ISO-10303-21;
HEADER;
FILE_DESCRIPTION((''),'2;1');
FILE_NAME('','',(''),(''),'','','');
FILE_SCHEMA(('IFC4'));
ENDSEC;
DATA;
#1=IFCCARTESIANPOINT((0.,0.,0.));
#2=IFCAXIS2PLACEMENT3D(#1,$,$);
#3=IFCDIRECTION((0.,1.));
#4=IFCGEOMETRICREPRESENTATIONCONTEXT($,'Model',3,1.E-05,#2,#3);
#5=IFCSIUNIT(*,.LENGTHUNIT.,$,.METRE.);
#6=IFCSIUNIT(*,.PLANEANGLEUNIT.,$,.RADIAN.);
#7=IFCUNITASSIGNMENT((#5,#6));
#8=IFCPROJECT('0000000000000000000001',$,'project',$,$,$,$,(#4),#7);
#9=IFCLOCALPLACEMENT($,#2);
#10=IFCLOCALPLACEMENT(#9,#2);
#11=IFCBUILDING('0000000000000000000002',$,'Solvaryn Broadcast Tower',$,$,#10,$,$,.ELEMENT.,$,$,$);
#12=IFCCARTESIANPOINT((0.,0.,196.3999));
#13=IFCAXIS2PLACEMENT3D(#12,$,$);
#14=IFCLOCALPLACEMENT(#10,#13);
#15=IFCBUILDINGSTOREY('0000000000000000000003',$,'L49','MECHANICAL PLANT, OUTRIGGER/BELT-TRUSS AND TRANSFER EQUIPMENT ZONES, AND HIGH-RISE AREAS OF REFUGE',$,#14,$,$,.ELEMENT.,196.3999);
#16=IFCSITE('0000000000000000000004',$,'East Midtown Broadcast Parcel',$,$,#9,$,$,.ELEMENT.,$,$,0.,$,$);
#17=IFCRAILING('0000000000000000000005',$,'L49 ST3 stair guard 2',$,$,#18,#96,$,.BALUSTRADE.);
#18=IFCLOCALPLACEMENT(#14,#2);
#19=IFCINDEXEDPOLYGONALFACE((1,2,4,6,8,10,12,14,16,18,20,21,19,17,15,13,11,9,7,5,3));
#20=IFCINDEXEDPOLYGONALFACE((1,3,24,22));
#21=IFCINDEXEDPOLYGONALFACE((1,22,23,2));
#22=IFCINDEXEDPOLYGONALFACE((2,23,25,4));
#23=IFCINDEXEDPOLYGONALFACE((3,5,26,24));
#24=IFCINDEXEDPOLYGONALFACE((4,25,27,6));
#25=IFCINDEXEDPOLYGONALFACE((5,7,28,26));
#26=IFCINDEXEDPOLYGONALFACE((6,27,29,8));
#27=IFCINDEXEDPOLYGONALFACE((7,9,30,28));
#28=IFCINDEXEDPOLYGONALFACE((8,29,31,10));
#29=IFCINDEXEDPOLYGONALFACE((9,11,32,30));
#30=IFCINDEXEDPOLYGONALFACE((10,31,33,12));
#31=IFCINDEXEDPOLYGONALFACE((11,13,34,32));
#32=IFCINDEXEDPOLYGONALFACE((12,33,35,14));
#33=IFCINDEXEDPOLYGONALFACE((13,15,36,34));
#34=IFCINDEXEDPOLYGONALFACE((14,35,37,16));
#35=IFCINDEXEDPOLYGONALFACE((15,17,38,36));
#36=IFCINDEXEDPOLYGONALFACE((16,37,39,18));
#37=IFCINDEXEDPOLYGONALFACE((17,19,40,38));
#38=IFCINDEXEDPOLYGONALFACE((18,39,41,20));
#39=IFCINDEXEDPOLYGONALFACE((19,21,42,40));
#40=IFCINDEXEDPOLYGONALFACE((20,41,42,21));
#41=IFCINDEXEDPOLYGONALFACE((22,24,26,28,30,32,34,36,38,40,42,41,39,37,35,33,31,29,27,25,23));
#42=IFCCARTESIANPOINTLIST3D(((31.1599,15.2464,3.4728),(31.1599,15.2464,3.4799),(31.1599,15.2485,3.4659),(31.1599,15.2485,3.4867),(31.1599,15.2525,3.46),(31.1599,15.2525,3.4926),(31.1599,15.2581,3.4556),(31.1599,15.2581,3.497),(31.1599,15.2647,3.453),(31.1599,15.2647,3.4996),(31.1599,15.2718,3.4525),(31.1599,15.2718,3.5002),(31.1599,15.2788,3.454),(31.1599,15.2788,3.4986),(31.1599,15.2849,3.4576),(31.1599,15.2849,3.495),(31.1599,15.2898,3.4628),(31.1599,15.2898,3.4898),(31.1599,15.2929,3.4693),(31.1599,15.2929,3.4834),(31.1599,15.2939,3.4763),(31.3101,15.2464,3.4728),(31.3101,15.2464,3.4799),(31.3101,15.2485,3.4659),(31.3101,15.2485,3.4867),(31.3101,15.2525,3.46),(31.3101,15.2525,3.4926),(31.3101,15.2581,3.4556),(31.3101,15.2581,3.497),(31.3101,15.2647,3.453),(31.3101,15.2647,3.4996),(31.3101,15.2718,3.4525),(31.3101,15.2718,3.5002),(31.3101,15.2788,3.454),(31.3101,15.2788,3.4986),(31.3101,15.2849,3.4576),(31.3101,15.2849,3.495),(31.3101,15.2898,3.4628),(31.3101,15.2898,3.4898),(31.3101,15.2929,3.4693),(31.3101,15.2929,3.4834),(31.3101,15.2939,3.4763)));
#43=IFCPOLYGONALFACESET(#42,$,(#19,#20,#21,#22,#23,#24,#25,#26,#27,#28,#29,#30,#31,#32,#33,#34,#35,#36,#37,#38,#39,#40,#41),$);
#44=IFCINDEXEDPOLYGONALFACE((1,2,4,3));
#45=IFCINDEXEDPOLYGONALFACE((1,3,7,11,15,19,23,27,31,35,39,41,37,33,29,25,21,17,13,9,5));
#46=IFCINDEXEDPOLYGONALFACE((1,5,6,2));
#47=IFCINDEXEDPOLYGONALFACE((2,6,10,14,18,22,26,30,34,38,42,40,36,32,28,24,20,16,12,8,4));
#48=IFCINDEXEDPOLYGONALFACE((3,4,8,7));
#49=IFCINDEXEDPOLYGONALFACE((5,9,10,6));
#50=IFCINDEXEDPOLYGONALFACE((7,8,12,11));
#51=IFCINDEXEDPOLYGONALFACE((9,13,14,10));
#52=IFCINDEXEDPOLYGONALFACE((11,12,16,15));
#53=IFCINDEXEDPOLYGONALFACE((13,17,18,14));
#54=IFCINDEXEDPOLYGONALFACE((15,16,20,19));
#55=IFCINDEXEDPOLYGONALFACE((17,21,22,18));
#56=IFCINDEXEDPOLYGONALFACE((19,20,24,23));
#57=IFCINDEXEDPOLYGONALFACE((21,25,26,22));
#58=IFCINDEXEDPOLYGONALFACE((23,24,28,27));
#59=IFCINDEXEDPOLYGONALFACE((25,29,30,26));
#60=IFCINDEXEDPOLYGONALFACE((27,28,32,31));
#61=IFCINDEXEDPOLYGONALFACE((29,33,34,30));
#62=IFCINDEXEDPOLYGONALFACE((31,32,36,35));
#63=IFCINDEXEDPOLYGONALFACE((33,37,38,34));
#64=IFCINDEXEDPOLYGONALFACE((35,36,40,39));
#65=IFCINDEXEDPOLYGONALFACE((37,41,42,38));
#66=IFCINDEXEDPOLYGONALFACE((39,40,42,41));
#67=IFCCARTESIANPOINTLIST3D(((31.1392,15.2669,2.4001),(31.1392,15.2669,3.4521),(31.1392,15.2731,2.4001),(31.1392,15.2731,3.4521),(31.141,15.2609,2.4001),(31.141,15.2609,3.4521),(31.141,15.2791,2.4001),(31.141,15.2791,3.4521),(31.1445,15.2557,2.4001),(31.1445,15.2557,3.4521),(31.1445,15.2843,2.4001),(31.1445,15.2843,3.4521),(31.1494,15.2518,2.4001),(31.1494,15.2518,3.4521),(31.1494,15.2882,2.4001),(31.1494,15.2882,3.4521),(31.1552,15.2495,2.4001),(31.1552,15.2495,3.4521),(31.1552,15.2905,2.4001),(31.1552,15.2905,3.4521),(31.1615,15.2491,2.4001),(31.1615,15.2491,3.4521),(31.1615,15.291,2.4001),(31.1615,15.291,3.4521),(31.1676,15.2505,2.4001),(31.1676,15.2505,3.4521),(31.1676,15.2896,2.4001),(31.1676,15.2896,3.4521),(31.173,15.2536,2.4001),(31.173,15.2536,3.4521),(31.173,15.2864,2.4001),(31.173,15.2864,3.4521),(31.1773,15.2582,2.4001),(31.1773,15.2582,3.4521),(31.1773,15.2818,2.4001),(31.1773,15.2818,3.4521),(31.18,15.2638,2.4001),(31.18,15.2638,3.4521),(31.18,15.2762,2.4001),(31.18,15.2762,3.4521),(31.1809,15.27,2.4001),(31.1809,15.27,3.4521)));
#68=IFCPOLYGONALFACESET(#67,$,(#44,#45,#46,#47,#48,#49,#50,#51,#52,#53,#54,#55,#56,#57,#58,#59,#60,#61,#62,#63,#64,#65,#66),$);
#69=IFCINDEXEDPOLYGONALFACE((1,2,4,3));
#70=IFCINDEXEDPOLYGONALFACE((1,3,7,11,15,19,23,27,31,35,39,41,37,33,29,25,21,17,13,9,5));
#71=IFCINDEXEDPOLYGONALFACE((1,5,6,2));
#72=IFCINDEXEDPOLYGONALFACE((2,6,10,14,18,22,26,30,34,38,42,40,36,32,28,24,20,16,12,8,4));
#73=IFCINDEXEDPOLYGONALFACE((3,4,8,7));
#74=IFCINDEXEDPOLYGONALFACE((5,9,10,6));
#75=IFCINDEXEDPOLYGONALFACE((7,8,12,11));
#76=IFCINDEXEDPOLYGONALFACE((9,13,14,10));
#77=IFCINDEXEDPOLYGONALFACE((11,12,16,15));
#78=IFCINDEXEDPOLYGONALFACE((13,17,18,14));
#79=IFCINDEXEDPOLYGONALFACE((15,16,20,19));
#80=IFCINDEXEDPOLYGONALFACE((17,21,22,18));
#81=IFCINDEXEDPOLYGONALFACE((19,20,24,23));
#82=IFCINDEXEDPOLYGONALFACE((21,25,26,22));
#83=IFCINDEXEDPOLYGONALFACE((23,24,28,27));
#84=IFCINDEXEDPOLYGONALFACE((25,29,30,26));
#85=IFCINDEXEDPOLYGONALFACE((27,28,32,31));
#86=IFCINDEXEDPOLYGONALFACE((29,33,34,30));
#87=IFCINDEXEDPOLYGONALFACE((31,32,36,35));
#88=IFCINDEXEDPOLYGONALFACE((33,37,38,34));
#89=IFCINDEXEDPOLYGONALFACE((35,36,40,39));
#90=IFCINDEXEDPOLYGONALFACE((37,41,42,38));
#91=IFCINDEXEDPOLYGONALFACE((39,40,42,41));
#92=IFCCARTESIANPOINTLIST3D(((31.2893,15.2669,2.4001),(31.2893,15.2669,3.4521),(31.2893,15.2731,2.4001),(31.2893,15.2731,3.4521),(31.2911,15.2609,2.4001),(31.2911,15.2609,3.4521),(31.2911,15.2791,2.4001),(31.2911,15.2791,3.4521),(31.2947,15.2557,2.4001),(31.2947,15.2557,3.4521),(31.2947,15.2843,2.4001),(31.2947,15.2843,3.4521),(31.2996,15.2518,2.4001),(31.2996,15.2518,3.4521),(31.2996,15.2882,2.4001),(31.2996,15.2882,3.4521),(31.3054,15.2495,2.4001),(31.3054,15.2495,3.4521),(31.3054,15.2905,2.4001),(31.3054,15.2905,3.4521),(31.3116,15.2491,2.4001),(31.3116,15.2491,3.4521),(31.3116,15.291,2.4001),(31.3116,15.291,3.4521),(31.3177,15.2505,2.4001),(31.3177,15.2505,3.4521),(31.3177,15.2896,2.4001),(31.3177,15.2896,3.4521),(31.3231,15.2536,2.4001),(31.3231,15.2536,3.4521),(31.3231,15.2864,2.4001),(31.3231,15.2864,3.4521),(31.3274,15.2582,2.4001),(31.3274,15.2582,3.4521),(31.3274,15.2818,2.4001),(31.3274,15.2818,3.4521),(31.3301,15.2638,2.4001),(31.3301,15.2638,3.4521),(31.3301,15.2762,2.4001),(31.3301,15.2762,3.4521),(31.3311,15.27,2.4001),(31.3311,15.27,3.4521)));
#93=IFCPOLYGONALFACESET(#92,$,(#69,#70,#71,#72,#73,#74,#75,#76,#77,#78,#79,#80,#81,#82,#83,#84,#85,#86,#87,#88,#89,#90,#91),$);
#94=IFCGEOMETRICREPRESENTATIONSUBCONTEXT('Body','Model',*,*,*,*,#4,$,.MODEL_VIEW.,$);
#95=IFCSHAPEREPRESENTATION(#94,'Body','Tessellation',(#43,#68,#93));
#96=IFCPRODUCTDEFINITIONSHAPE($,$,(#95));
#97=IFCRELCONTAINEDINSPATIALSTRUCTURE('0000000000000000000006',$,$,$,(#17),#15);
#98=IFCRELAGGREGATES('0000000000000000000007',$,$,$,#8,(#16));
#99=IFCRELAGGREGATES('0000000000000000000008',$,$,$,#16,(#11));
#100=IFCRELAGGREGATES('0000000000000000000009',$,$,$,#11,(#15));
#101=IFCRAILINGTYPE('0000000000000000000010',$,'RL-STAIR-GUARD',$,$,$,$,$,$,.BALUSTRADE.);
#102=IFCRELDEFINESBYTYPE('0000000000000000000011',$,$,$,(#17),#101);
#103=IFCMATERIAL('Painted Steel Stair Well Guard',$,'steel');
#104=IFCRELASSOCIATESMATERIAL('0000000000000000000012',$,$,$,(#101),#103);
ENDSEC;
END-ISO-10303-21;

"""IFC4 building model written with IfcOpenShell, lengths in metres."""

from ifc_helpers import new_model, si_unit, direction, frame, origin, origin_2d, place, context, subcontext, project, spatial, circle, extrude, material, type_object, element, save


model = new_model("IFC4")

# Units and contexts
model_context = context("Model", 3, precision=1e-05, world=origin(), true_north=direction((0.0, 1.0)))
body_context = subcontext(model_context, "Body", "Model", "MODEL_VIEW")
ifc_project = project(units=[si_unit("LENGTHUNIT", "METRE"), si_unit("PLANEANGLEUNIT", "RADIAN")], contexts=[model_context])

# Site, building, storey
site_placement = place(None, origin())
site = spatial("IfcSite", under=ifc_project, at=site_placement, Name="East Midtown Broadcast Parcel", CompositionType="ELEMENT", RefElevation=0.0)
building_placement = place(site_placement, origin())
building = spatial("IfcBuilding", under=site, at=building_placement, Name="Solvaryn Broadcast Tower", CompositionType="ELEMENT")
storey_placement = place(building_placement, frame((0.0, 0.0, 196.3999)))
storey = spatial("IfcBuildingStorey", under=building, at=storey_placement, Name="L49", Description="MECHANICAL PLANT, OUTRIGGER/BELT-TRUSS AND TRANSFER EQUIPMENT ZONES, AND HIGH-RISE AREAS OF REFUGE", CompositionType="ELEMENT", Elevation=196.3999)

# Railing
ifc_material_1 = material(Name="Painted Steel Stair Well Guard", Category="steel")
railing_type_1 = type_object("IfcRailingType", Name="RL-STAIR-GUARD", PredefinedType="BALUSTRADE", material=ifc_material_1)
railing_1_placement = place(storey_placement, frame((31.1599, 15.27, 2.4001)))
element("IfcRailing", 1, at=railing_1_placement, inside=storey, type_object=railing_type_1, Name="L49 ST3 stair guard 2", PredefinedType="BALUSTRADE", context=body_context, shape_type="SweptSolid", body=[
    extrude(circle(Radius=0.0239, at=origin_2d()), frame((0.0, 0.0, 1.0762), z_axis=(1.0, 0.0, 0.0), x_axis=(0.0, 1.0, 0.0)), (0.0, 0.0, 1.0), 0.1501),
    extrude(circle(Radius=0.021, at=origin_2d()), origin(), (0.0, 0.0, 1.0), 1.052),
    extrude(circle(Radius=0.021, at=origin_2d()), frame((0.1501, 0.0, 0.0)), (0.0, 0.0, 1.0), 1.052),
])

save(model, "model.ifc")
